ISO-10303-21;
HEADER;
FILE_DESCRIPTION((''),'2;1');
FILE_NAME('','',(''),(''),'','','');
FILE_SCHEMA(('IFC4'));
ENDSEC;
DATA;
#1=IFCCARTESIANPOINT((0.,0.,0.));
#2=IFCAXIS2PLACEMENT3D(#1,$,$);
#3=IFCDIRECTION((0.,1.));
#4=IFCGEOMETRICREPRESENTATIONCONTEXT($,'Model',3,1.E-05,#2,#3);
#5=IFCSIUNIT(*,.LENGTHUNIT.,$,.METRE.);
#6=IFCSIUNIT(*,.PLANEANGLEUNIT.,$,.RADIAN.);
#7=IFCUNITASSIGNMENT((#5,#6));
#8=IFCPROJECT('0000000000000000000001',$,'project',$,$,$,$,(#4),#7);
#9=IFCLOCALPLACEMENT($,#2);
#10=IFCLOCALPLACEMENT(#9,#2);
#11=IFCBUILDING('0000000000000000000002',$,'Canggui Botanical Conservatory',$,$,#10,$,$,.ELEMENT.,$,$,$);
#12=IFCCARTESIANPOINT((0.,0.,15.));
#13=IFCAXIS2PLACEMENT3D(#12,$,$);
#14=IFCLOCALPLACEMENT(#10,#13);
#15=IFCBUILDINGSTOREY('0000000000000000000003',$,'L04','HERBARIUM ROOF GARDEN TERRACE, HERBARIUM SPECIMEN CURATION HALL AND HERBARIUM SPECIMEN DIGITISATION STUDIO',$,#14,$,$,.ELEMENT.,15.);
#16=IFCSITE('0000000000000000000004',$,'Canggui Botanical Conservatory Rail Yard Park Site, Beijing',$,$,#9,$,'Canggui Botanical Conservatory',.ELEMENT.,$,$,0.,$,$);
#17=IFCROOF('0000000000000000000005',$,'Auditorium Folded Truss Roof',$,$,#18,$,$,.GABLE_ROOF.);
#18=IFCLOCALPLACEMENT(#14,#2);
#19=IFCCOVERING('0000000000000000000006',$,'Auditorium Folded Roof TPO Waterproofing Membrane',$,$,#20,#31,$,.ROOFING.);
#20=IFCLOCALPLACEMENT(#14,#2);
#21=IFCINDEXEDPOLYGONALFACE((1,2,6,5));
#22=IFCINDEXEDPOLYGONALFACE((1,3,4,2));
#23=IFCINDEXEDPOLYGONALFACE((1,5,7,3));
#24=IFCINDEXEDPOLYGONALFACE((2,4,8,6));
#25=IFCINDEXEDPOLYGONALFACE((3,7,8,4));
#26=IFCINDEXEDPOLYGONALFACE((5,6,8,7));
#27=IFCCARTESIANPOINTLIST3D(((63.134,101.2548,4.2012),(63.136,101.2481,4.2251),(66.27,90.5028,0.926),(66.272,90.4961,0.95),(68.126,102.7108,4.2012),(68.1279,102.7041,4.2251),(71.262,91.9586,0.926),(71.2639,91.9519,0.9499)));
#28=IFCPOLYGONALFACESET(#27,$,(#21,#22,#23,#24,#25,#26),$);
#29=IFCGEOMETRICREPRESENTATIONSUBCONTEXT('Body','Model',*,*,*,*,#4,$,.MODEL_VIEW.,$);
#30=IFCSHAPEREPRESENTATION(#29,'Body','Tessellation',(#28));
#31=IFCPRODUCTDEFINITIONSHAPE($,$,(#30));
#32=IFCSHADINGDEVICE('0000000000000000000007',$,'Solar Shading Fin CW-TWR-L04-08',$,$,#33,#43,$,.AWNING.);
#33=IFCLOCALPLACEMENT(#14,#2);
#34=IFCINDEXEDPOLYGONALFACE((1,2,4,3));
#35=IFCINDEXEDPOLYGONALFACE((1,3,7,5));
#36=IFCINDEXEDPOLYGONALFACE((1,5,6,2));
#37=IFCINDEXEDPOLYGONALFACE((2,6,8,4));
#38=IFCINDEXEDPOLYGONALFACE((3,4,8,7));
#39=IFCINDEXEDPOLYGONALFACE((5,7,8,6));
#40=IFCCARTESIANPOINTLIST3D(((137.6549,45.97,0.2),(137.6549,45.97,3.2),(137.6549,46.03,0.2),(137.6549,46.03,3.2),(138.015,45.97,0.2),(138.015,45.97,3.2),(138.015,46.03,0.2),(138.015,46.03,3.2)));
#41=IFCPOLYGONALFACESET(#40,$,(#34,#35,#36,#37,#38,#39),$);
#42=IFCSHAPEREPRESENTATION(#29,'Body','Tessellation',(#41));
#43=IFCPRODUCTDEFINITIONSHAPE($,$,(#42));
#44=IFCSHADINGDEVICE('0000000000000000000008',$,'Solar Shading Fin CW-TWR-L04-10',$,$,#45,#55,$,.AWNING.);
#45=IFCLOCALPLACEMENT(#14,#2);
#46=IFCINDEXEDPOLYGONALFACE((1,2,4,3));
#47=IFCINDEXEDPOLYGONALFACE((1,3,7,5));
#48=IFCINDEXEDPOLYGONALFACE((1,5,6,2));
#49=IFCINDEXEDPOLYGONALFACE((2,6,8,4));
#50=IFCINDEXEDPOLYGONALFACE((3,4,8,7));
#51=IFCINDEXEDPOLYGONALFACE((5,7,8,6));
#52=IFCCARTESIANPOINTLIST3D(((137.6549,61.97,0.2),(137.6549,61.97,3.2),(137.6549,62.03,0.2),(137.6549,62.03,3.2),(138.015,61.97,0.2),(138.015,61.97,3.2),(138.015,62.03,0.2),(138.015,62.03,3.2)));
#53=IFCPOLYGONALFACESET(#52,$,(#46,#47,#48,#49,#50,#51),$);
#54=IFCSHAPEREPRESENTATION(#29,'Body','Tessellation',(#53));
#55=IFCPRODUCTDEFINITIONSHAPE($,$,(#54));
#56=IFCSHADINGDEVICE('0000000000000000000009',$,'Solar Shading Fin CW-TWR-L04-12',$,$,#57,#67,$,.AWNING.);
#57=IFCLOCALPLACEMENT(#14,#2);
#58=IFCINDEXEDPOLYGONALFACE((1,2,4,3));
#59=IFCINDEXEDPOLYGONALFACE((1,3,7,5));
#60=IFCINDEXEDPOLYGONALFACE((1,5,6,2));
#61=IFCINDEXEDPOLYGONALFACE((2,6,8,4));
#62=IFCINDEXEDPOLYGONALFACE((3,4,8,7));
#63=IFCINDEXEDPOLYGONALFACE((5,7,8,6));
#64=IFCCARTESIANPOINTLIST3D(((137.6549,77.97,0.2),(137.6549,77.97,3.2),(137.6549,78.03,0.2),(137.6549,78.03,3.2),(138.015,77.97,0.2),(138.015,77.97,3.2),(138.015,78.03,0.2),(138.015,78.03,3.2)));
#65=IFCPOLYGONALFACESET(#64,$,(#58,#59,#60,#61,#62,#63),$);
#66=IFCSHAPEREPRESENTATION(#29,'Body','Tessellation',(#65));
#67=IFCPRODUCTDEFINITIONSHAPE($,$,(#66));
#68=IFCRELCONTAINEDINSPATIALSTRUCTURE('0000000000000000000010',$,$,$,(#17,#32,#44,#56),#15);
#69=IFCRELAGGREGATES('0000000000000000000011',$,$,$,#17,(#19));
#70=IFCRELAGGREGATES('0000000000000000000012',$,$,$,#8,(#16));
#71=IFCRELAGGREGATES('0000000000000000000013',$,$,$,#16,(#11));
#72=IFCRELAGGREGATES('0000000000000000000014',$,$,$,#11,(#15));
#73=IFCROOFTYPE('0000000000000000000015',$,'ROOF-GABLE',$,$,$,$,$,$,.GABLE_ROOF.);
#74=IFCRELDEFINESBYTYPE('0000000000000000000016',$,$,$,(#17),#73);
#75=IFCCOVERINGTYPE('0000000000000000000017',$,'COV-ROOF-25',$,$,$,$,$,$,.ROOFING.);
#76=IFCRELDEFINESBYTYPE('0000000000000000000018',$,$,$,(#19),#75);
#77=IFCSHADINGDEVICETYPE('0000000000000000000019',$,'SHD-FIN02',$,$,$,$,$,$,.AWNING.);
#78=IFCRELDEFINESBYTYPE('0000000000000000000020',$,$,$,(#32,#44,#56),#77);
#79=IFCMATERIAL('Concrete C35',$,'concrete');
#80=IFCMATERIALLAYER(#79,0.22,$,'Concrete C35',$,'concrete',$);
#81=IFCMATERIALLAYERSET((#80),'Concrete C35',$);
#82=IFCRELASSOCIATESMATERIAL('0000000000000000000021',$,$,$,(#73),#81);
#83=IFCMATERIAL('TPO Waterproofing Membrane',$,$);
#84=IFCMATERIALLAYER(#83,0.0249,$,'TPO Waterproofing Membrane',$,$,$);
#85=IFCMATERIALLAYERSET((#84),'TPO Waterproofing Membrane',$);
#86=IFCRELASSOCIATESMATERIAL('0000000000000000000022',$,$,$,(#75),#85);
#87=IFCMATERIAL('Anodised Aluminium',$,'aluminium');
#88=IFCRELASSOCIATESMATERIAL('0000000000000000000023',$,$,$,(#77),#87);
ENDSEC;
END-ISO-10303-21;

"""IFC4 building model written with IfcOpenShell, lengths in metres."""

from ifc_helpers import new_model, si_unit, direction, frame, origin, origin_2d, place, context, subcontext, project, spatial, polyline, rectangle, outline, extrude, material, layer, layer_set, type_object, element, aggregate, save


model = new_model("IFC4")

# Units and contexts
model_context = context("Model", 3, precision=1e-05, world=origin(), true_north=direction((0.0, 1.0)))
body_context = subcontext(model_context, "Body", "Model", "MODEL_VIEW")
ifc_project = project(units=[si_unit("LENGTHUNIT", "METRE"), si_unit("PLANEANGLEUNIT", "RADIAN")], contexts=[model_context])

# Site, building, storey
site_placement = place(None, origin())
site = spatial("IfcSite", under=ifc_project, at=site_placement, Name="Canggui Botanical Conservatory Rail Yard Park Site, Beijing", LongName="Canggui Botanical Conservatory", CompositionType="ELEMENT", RefElevation=0.0)
building_placement = place(site_placement, origin())
building = spatial("IfcBuilding", under=site, at=building_placement, Name="Canggui Botanical Conservatory", CompositionType="ELEMENT")
storey_placement = place(building_placement, frame((0.0, 0.0, 15.0)))
storey = spatial("IfcBuildingStorey", under=building, at=storey_placement, Name="L04", Description="HERBARIUM ROOF GARDEN TERRACE, HERBARIUM SPECIMEN CURATION HALL AND HERBARIUM SPECIMEN DIGITISATION STUDIO", CompositionType="ELEMENT", Elevation=15.0)

# Shared definitions
ifc_material_1 = material(Name="Concrete C35", Category="concrete")

# Roof, covering
ifc_layer_1 = layer(ifc_material_1, 0.22, Name="Concrete C35", Category="concrete")
ifc_layer_set_1 = layer_set([ifc_layer_1], Name="Concrete C35")
roof_type = type_object("IfcRoofType", Name="ROOF-GABLE", PredefinedType="GABLE_ROOF", material=ifc_layer_set_1)
roof_placement = place(storey_placement, origin())
roof = element("IfcRoof", 1, at=roof_placement, inside=storey, type_object=roof_type, Name="Auditorium Folded Truss Roof", PredefinedType="GABLE_ROOF")
ifc_material_2 = material(Name="TPO Waterproofing Membrane")
ifc_layer_2 = layer(ifc_material_2, 0.0249, Name="TPO Waterproofing Membrane")
ifc_layer_set_2 = layer_set([ifc_layer_2], Name="TPO Waterproofing Membrane")
covering_type = type_object("IfcCoveringType", Name="COV-ROOF-25", PredefinedType="ROOFING", material=ifc_layer_set_2)
covering_placement = place(storey_placement, frame((66.272, 90.4961, 0.95), z_axis=(0.078585, -0.269442, 0.959805), x_axis=(0.960008, 0.279971, -0.000006)))
covering = element("IfcCovering", 2, at=covering_placement, type_object=covering_type, Name="Auditorium Folded Roof TPO Waterproofing Membrane", PredefinedType="ROOFING", context=body_context, shape_type="SweptSolid", body=[
    extrude(outline(polyline([(0.0, 0.0), (5.1999, 0.0), (5.1996, 11.6692), (-0.0004, 11.669), (0.0, 0.0)])), origin(), (0.0, 0.0, -1.0), 0.0249),
])
aggregate(roof, [covering])

# Shading devices
ifc_material_3 = material(Name="Anodised Aluminium", Category="aluminium")
shading_device_type = type_object("IfcShadingDeviceType", Name="SHD-FIN02", PredefinedType="AWNING", material=ifc_material_3)
for number, where, z_axis, x_axis, name in (
    (3, (137.835, 46.0, 0.2), (0.0, 0.0, 1.0), (0.0, 1.0, 0.0), "Solar Shading Fin CW-TWR-L04-08"),
    (4, (137.835, 62.0, 0.2), (0.0, 0.0, 1.0), (0.0, 1.0, 0.0), "Solar Shading Fin CW-TWR-L04-10"),
    (5, (137.835, 78.0, 0.2), (0.0, 0.0, 1.0), (0.0, 1.0, 0.0), "Solar Shading Fin CW-TWR-L04-12"),
):
    element("IfcShadingDevice", number, at=place(storey_placement, frame(where, z_axis=z_axis, x_axis=x_axis)), inside=storey, type_object=shading_device_type, Name=name, PredefinedType="AWNING", context=body_context, shape_type="SweptSolid", body=[
        extrude(rectangle(XDim=0.0601, YDim=0.3601, at=origin_2d()), origin(), (0.0, 0.0, 1.0), 3.0),
    ])

save(model, "model.ifc")
